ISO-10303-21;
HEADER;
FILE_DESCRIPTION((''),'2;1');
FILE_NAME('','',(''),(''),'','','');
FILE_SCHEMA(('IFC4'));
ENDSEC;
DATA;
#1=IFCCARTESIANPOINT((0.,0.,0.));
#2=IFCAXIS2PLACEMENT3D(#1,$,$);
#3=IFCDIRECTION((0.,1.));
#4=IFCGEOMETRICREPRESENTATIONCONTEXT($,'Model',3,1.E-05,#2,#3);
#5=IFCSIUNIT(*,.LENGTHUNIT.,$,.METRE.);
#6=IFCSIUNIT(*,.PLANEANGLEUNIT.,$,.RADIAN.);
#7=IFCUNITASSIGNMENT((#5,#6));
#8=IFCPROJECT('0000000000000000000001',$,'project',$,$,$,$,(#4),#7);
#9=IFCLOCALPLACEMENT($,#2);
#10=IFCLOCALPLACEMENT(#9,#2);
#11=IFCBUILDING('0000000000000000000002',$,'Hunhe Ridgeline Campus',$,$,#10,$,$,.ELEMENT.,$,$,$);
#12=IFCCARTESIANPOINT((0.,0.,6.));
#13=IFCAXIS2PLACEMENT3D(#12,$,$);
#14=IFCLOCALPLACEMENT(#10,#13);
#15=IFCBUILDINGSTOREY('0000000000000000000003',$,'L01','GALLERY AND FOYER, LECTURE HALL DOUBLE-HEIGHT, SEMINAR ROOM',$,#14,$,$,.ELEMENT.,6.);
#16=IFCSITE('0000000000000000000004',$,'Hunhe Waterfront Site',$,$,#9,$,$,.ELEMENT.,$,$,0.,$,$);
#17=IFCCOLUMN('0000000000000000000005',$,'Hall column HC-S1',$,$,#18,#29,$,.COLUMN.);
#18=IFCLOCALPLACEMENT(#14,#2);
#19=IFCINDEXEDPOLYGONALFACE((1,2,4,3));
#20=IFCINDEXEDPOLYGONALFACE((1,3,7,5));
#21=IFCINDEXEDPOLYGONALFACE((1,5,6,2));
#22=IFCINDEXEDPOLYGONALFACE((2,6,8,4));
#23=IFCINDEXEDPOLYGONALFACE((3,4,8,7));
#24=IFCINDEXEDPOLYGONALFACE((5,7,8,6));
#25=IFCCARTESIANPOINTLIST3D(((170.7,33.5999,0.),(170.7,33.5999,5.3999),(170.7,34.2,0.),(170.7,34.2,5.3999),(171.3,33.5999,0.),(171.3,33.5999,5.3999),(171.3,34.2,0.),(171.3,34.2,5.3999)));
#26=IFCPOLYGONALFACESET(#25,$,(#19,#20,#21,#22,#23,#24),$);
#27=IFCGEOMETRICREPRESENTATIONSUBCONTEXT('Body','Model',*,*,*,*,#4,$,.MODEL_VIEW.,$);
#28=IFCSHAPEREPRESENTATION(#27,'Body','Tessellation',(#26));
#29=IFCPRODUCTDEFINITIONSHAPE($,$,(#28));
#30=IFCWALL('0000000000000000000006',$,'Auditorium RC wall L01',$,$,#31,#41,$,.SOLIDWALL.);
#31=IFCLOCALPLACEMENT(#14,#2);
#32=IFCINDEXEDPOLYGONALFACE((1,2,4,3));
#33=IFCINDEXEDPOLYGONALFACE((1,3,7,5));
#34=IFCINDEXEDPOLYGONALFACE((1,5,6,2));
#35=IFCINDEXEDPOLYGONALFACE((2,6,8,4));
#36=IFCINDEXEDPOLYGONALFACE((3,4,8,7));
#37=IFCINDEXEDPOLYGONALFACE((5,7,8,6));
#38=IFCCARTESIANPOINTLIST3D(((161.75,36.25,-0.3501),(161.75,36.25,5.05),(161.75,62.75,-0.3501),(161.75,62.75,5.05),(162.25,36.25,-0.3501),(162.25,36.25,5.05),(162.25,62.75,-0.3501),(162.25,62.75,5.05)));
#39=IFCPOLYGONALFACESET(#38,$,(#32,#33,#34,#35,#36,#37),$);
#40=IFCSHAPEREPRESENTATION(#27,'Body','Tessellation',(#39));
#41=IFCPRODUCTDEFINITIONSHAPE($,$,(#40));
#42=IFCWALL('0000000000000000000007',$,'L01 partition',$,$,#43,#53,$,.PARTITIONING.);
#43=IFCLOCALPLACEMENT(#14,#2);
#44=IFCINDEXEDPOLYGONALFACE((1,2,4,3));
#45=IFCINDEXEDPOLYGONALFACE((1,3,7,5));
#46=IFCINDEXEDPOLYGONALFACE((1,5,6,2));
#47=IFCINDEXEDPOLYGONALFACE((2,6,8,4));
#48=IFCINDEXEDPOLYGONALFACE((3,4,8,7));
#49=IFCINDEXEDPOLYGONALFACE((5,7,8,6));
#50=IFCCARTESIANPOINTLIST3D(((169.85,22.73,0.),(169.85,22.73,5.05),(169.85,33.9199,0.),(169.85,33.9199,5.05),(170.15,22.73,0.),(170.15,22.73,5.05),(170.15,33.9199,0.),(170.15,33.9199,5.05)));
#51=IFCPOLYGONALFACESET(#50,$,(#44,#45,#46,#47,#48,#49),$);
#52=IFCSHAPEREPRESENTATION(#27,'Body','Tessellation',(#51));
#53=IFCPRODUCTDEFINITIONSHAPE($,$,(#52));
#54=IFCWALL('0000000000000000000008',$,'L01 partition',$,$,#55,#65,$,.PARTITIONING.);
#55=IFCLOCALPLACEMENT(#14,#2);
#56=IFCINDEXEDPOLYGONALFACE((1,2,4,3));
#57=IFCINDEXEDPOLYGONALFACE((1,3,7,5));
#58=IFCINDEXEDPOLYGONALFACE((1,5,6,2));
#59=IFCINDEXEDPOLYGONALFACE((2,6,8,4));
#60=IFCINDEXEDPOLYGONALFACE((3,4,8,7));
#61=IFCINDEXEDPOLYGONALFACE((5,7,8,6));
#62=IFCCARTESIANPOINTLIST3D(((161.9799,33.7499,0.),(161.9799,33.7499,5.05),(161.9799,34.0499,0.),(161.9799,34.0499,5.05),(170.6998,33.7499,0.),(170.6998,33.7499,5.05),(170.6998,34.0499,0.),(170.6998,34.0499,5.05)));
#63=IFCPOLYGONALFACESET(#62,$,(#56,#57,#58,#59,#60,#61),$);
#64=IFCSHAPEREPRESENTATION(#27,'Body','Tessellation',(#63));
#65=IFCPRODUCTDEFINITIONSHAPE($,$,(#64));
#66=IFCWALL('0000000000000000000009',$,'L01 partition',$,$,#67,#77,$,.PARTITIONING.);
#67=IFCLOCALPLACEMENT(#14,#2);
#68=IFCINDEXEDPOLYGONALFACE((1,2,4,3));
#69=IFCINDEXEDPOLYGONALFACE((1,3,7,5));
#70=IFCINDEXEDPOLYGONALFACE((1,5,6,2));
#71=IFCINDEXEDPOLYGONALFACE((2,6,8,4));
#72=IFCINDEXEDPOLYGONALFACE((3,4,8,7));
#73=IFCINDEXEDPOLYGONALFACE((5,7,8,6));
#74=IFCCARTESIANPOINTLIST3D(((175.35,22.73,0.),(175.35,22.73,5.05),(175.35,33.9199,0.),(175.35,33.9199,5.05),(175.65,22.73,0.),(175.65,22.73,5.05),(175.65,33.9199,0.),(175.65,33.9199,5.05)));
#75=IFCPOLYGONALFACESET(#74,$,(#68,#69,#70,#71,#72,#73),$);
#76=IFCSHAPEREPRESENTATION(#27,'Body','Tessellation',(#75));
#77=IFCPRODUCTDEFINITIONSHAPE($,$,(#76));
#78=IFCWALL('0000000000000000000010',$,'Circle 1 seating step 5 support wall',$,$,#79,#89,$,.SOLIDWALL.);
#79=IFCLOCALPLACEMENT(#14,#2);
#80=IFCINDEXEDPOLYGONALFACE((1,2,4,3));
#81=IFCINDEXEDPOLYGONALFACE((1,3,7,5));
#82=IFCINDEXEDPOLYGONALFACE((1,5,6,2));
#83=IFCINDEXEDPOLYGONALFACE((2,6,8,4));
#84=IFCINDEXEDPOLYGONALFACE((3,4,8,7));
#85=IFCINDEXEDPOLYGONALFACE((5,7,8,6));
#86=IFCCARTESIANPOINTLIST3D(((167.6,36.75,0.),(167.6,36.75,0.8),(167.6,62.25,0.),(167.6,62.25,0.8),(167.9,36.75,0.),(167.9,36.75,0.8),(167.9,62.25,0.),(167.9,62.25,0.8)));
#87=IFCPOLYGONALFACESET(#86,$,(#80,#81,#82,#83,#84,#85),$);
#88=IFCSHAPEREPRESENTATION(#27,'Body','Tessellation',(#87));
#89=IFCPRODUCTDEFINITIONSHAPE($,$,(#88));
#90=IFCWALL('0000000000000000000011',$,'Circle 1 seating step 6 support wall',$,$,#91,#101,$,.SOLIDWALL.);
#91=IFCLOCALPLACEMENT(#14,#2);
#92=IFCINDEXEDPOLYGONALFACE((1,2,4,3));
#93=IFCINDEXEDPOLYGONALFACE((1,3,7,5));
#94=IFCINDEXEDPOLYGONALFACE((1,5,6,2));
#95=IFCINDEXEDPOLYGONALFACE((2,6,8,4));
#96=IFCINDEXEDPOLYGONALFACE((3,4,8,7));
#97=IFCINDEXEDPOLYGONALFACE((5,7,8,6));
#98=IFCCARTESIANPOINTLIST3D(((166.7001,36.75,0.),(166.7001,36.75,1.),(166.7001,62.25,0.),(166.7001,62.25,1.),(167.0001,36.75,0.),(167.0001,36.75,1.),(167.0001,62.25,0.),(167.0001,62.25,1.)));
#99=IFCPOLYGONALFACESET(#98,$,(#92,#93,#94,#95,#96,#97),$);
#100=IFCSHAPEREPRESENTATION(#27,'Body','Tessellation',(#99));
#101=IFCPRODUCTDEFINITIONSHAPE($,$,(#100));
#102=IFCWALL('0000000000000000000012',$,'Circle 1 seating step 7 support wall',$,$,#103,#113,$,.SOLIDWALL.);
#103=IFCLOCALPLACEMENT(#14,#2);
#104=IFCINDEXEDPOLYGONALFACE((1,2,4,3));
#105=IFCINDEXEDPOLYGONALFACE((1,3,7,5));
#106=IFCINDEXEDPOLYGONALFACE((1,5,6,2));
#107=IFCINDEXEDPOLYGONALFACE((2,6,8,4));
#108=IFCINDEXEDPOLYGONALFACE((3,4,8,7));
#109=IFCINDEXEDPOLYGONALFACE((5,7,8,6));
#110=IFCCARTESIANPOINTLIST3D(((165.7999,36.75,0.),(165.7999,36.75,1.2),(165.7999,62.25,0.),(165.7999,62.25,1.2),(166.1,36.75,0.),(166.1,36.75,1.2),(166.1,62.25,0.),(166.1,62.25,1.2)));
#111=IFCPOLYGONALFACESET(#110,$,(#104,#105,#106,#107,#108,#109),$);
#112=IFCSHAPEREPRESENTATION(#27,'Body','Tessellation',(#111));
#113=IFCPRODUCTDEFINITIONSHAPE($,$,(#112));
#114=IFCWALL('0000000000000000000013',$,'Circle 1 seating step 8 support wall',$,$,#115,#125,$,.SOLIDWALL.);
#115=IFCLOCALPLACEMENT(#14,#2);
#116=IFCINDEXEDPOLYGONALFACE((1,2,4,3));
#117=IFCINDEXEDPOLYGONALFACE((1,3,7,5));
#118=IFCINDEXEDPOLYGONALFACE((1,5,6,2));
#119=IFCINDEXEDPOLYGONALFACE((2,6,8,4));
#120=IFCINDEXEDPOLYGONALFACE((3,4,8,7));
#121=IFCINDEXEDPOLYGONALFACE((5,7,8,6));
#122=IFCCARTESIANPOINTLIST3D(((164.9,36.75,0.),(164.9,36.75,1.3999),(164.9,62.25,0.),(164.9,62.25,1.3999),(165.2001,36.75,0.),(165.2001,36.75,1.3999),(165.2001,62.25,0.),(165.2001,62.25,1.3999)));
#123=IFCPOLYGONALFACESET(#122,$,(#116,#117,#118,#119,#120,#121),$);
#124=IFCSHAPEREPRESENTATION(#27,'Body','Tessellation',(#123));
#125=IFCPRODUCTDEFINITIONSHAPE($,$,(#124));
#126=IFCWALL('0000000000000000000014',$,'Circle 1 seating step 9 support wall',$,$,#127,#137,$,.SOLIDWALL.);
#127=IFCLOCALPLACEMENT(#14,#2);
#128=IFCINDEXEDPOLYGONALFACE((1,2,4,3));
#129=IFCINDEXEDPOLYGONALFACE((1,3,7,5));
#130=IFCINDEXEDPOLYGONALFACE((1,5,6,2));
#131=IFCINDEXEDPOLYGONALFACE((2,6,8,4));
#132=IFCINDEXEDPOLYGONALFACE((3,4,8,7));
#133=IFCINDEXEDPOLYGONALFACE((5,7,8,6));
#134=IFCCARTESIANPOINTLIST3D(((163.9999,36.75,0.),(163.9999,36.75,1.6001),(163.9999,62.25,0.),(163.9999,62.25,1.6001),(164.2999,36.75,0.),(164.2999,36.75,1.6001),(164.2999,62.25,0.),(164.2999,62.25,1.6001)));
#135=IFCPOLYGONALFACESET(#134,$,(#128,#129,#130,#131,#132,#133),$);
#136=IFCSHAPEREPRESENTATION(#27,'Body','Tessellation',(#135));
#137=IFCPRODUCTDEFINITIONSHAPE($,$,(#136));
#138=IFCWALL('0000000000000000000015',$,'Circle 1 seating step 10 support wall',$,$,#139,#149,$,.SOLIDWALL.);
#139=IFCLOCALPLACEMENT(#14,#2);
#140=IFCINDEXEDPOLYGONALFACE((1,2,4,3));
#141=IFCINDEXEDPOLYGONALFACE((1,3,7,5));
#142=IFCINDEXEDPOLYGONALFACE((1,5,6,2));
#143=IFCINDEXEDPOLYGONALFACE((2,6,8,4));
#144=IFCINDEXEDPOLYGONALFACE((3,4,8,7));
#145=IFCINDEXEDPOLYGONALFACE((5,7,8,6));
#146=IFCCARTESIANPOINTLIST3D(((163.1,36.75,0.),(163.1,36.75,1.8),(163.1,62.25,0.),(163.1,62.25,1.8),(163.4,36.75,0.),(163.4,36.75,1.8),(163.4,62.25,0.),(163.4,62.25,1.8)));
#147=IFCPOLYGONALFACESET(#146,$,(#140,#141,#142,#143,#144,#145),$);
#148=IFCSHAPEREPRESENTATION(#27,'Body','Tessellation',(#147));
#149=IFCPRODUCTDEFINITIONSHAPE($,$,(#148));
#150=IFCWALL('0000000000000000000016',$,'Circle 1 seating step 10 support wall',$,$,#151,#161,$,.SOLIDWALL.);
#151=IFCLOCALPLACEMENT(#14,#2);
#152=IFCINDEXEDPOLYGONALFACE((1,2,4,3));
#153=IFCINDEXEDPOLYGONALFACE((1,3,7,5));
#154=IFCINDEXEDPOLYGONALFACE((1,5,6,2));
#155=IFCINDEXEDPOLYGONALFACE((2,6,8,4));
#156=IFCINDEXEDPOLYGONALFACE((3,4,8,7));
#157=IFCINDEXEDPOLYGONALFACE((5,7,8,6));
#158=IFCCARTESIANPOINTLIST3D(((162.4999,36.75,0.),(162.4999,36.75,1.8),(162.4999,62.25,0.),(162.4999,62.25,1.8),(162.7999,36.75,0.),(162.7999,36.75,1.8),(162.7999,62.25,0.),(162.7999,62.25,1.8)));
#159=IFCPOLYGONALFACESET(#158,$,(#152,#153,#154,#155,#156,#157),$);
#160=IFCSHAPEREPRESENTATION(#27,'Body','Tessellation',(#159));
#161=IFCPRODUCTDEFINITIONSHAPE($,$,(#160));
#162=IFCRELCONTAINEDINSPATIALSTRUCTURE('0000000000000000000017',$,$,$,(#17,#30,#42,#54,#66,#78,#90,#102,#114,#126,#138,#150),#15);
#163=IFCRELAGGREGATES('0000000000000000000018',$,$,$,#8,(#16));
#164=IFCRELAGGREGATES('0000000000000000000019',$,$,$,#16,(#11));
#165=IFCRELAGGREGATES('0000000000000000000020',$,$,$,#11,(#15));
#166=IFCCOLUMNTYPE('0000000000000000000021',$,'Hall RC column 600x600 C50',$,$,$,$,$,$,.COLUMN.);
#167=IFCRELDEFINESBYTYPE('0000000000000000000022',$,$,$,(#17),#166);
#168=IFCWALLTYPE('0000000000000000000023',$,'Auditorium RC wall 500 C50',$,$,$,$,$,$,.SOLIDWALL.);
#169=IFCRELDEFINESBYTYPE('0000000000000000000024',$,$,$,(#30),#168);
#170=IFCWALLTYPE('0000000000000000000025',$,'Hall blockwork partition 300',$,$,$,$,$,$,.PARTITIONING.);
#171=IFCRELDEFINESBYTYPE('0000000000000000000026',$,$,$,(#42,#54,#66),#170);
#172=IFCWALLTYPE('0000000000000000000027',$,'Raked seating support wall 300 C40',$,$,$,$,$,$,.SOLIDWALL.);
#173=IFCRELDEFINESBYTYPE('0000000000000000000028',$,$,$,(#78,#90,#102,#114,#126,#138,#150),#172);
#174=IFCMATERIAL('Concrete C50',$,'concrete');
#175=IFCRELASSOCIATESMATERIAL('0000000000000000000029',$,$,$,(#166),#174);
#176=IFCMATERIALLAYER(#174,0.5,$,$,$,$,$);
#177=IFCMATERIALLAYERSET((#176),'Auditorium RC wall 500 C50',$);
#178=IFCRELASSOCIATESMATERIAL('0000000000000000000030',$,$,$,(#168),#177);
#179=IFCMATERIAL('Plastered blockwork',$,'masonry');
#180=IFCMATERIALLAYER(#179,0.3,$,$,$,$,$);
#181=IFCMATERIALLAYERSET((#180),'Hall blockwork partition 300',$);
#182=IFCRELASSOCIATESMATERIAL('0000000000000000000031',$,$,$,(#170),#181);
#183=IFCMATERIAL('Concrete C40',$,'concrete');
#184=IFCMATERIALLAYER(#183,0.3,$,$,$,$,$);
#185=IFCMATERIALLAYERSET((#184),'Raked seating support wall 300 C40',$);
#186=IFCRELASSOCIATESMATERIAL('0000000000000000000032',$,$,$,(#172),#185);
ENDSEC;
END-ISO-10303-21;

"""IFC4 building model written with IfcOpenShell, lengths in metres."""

from ifc_helpers import new_model, si_unit, direction, frame, frame_2d, origin, origin_2d, place, context, subcontext, project, spatial, rectangle, extrude, material, layer, layer_set, material_profile, profile_set, type_object, element, save


model = new_model("IFC4")

# Units and contexts
model_context = context("Model", 3, precision=1e-05, world=origin(), true_north=direction((0.0, 1.0)))
body_context = subcontext(model_context, "Body", "Model", "MODEL_VIEW")
ifc_project = project(units=[si_unit("LENGTHUNIT", "METRE"), si_unit("PLANEANGLEUNIT", "RADIAN")], contexts=[model_context])

# Site, building, storey
site_placement = place(None, origin())
site = spatial("IfcSite", under=ifc_project, at=site_placement, Name="Hunhe Waterfront Site", CompositionType="ELEMENT", RefElevation=0.0)
building_placement = place(site_placement, origin())
building = spatial("IfcBuilding", under=site, at=building_placement, Name="Hunhe Ridgeline Campus", CompositionType="ELEMENT")
storey_placement = place(building_placement, frame((0.0, 0.0, 6.0)))
storey = spatial("IfcBuildingStorey", under=building, at=storey_placement, Name="L01", Description="GALLERY AND FOYER, LECTURE HALL DOUBLE-HEIGHT, SEMINAR ROOM", CompositionType="ELEMENT", Elevation=6.0)

# Column
ifc_material_1 = material(Name="Concrete C50", Category="concrete")
ifc_material_profile = material_profile(ifc_material_1, rectangle(XDim=0.6001, YDim=0.6001, at=origin_2d()))
ifc_profile_set = profile_set([ifc_material_profile], Name="Concrete C50")
column_type = type_object("IfcColumnType", Name="Hall RC column 600x600 C50", PredefinedType="COLUMN", material=ifc_profile_set)
column_placement = place(storey_placement, frame((171.0, 33.8999, 0.0), z_axis=(0.0, 0.0, 1.0), x_axis=(1.0, 0.0, 0.0)))
element("IfcColumn", 1, at=column_placement, inside=storey, type_object=column_type, Name="Hall column HC-S1", PredefinedType="COLUMN", context=body_context, shape_type="SweptSolid", body=[
    extrude(rectangle(XDim=0.6001, YDim=0.6001, at=origin_2d()), origin(), (0.0, 0.0, 1.0), 5.3999),
])

# Walls
ifc_layer_1 = layer(ifc_material_1, 0.5)
ifc_layer_set_1 = layer_set([ifc_layer_1], Name="Auditorium RC wall 500 C50")
wall_type_1 = type_object("IfcWallType", Name="Auditorium RC wall 500 C50", PredefinedType="SOLIDWALL", material=ifc_layer_set_1)
wall_1_placement = place(storey_placement, frame((162.0, 36.25, -0.3501), z_axis=(0.0, 0.0, 1.0), x_axis=(0.0, 1.0, 0.0)))
element("IfcWall", 2, at=wall_1_placement, inside=storey, type_object=wall_type_1, Name="Auditorium RC wall L01", PredefinedType="SOLIDWALL", context=body_context, shape_type="SweptSolid", body=[
    extrude(rectangle(XDim=26.5, YDim=0.5, at=frame_2d((13.25, 0.0))), origin(), (0.0, 0.0, 1.0), 5.4001),
])
ifc_material_2 = material(Name="Plastered blockwork", Category="masonry")
ifc_layer_2 = layer(ifc_material_2, 0.3)
ifc_layer_set_2 = layer_set([ifc_layer_2], Name="Hall blockwork partition 300")
wall_type_2 = type_object("IfcWallType", Name="Hall blockwork partition 300", PredefinedType="PARTITIONING", material=ifc_layer_set_2)
wall_2_placement = place(storey_placement, frame((170.0, 22.73, 0.0), z_axis=(0.0, 0.0, 1.0), x_axis=(0.0, 1.0, 0.0)))
element("IfcWall", 3, at=wall_2_placement, inside=storey, type_object=wall_type_2, Name="L01 partition", PredefinedType="PARTITIONING", context=body_context, shape_type="SweptSolid", body=[
    extrude(rectangle(XDim=11.1899, YDim=0.3, at=frame_2d((5.595, 0.0))), origin(), (0.0, 0.0, 1.0), 5.05),
])
wall_3_placement = place(storey_placement, frame((161.98, 33.8999, 0.0), z_axis=(0.0, 0.0, 1.0), x_axis=(1.0, 0.0, 0.0)))
element("IfcWall", 4, at=wall_3_placement, inside=storey, type_object=wall_type_2, Name="L01 partition", PredefinedType="PARTITIONING", context=body_context, shape_type="SweptSolid", body=[
    extrude(rectangle(XDim=8.72, YDim=0.3, at=frame_2d((4.3599, 0.0))), origin(), (0.0, 0.0, 1.0), 5.05),
])

# Walls
wall_4_placement = place(storey_placement, frame((175.5, 22.73, 0.0), z_axis=(0.0, 0.0, 1.0), x_axis=(0.0, 1.0, 0.0)))
element("IfcWall", 5, at=wall_4_placement, inside=storey, type_object=wall_type_2, Name="L01 partition", PredefinedType="PARTITIONING", context=body_context, shape_type="SweptSolid", body=[
    extrude(rectangle(XDim=11.1899, YDim=0.3, at=frame_2d((5.595, 0.0))), origin(), (0.0, 0.0, 1.0), 5.05),
])
ifc_material_3 = material(Name="Concrete C40", Category="concrete")
ifc_layer_3 = layer(ifc_material_3, 0.3)
ifc_layer_set_3 = layer_set([ifc_layer_3], Name="Raked seating support wall 300 C40")
wall_type_3 = type_object("IfcWallType", Name="Raked seating support wall 300 C40", PredefinedType="SOLIDWALL", material=ifc_layer_set_3)
wall_5_placement = place(storey_placement, frame((167.75, 36.75, 0.0), z_axis=(0.0, 0.0, 1.0), x_axis=(0.0, 1.0, 0.0)))
element("IfcWall", 6, at=wall_5_placement, inside=storey, type_object=wall_type_3, Name="Circle 1 seating step 5 support wall", PredefinedType="SOLIDWALL", context=body_context, shape_type="SweptSolid", body=[
    extrude(rectangle(XDim=25.5, YDim=0.3, at=frame_2d((12.75, 0.0))), origin(), (0.0, 0.0, 1.0), 0.8),
])
wall_6_placement = place(storey_placement, frame((166.8501, 36.75, 0.0), z_axis=(0.0, 0.0, 1.0), x_axis=(0.0, 1.0, 0.0)))
element("IfcWall", 7, at=wall_6_placement, inside=storey, type_object=wall_type_3, Name="Circle 1 seating step 6 support wall", PredefinedType="SOLIDWALL", context=body_context, shape_type="SweptSolid", body=[
    extrude(rectangle(XDim=25.5, YDim=0.3, at=frame_2d((12.75, 0.0))), origin(), (0.0, 0.0, 1.0), 1.0),
])
wall_7_placement = place(storey_placement, frame((165.95, 36.75, 0.0), z_axis=(0.0, 0.0, 1.0), x_axis=(0.0, 1.0, 0.0)))
element("IfcWall", 8, at=wall_7_placement, inside=storey, type_object=wall_type_3, Name="Circle 1 seating step 7 support wall", PredefinedType="SOLIDWALL", context=body_context, shape_type="SweptSolid", body=[
    extrude(rectangle(XDim=25.5, YDim=0.3, at=frame_2d((12.75, 0.0))), origin(), (0.0, 0.0, 1.0), 1.2),
])
wall_8_placement = place(storey_placement, frame((165.05, 36.75, 0.0), z_axis=(0.0, 0.0, 1.0), x_axis=(0.0, 1.0, 0.0)))
element("IfcWall", 9, at=wall_8_placement, inside=storey, type_object=wall_type_3, Name="Circle 1 seating step 8 support wall", PredefinedType="SOLIDWALL", context=body_context, shape_type="SweptSolid", body=[
    extrude(rectangle(XDim=25.5, YDim=0.3, at=frame_2d((12.75, 0.0))), origin(), (0.0, 0.0, 1.0), 1.3999),
])
wall_9_placement = place(storey_placement, frame((164.1499, 36.75, 0.0), z_axis=(0.0, 0.0, 1.0), x_axis=(0.0, 1.0, 0.0)))
element("IfcWall", 10, at=wall_9_placement, inside=storey, type_object=wall_type_3, Name="Circle 1 seating step 9 support wall", PredefinedType="SOLIDWALL", context=body_context, shape_type="SweptSolid", body=[
    extrude(rectangle(XDim=25.5, YDim=0.3, at=frame_2d((12.75, 0.0))), origin(), (0.0, 0.0, 1.0), 1.6001),
])
for number, where, z_axis, x_axis, name in (
    (11, (163.25, 36.75, 0.0), (0.0, 0.0, 1.0), (0.0, 1.0, 0.0), "Circle 1 seating step 10 support wall"),
    (12, (162.6499, 36.75, 0.0), (0.0, 0.0, 1.0), (0.0, 1.0, 0.0), "Circle 1 seating step 10 support wall"),
):
    element("IfcWall", number, at=place(storey_placement, frame(where, z_axis=z_axis, x_axis=x_axis)), inside=storey, type_object=wall_type_3, Name=name, PredefinedType="SOLIDWALL", context=body_context, shape_type="SweptSolid", body=[
        extrude(rectangle(XDim=25.5, YDim=0.3, at=frame_2d((12.75, 0.0))), origin(), (0.0, 0.0, 1.0), 1.8),
    ])

save(model, "model.ifc")
